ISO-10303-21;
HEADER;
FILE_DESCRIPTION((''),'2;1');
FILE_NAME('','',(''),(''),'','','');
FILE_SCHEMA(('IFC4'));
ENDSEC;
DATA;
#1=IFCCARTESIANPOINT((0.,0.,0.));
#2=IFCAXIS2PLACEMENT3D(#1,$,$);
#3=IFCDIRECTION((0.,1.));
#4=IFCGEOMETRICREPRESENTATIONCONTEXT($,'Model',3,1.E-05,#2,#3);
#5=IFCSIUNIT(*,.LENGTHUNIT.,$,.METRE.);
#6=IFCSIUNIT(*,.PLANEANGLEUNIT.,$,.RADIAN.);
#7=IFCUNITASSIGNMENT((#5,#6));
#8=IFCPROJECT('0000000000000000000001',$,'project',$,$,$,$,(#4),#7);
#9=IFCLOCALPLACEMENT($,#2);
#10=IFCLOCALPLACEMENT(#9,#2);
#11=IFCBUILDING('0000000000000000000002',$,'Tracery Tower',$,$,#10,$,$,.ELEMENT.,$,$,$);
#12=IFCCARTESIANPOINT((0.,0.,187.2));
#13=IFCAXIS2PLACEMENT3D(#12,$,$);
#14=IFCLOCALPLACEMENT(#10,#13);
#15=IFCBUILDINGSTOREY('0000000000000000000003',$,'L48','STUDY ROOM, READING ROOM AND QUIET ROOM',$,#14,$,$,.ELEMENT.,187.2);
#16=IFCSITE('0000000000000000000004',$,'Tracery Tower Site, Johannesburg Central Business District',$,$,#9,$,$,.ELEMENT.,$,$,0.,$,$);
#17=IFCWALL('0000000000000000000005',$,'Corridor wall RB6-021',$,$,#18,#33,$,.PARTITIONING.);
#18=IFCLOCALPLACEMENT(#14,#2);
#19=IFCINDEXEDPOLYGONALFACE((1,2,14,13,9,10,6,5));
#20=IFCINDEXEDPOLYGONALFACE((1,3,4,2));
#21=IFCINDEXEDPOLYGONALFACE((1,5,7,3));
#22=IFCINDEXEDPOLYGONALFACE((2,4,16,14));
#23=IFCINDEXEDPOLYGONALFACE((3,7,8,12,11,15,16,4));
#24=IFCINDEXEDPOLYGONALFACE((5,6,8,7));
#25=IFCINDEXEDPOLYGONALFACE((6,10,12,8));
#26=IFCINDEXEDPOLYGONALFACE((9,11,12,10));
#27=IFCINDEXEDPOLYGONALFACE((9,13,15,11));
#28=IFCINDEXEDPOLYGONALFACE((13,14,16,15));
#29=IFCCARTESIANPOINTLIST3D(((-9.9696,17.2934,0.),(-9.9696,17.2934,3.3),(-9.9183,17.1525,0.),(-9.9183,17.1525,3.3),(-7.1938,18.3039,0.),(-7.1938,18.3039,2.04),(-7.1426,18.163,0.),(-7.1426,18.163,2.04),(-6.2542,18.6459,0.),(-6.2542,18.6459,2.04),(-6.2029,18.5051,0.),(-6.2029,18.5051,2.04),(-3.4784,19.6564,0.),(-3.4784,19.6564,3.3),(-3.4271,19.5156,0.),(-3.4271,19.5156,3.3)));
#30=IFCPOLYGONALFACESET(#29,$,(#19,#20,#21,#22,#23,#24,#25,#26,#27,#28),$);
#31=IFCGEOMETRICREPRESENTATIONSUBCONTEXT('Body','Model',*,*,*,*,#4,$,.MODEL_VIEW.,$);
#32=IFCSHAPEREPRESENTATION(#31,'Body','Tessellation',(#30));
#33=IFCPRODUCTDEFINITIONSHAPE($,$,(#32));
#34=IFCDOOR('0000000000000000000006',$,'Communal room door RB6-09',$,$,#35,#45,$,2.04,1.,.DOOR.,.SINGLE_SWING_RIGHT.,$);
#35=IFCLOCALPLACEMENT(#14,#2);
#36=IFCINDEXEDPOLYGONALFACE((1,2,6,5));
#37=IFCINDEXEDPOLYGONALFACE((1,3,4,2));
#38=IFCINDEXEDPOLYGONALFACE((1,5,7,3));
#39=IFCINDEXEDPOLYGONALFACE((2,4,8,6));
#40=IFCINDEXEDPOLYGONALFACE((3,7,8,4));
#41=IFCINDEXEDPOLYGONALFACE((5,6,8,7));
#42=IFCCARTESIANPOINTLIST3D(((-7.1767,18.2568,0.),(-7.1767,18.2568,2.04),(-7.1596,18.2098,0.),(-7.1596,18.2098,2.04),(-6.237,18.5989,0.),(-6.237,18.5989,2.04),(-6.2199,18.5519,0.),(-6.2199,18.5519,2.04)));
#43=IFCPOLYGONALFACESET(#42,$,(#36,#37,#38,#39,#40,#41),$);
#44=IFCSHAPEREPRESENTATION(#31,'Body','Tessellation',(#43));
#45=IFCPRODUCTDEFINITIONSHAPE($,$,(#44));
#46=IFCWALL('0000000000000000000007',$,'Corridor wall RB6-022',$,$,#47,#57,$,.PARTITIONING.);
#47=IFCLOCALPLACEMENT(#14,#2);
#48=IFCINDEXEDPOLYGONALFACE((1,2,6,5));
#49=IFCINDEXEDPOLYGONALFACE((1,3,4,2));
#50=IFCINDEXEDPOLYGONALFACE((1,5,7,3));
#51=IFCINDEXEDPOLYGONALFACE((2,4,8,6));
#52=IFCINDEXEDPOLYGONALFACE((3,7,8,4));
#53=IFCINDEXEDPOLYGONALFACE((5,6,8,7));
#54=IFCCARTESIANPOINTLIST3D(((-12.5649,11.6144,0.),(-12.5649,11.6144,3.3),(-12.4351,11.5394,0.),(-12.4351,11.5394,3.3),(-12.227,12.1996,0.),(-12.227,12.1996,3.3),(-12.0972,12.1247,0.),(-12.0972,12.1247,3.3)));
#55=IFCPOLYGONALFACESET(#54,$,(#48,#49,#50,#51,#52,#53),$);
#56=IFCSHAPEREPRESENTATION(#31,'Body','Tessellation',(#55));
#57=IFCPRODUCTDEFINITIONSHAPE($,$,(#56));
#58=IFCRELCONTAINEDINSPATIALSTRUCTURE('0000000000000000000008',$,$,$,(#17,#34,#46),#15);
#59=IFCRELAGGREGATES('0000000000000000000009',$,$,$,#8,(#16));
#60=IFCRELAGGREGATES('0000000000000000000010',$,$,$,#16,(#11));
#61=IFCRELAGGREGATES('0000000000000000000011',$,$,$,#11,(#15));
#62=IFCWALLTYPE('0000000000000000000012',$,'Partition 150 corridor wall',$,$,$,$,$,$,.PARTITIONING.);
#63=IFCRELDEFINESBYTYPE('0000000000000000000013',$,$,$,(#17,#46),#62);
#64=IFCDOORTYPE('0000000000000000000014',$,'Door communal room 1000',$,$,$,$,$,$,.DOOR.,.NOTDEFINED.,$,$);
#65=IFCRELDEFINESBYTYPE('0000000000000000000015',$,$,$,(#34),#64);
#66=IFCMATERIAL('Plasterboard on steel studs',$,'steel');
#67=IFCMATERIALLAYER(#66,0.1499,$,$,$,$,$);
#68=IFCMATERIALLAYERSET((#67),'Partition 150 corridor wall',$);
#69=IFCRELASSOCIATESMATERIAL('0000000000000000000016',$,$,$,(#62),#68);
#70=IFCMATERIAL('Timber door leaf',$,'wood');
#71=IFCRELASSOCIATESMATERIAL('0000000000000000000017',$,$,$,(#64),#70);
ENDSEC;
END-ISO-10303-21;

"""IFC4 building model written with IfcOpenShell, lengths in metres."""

from ifc_helpers import new_model, si_unit, direction, frame, frame_2d, origin, place, context, subcontext, project, spatial, rectangle, extrude, material, layer, layer_set, type_object, element, fill, save


model = new_model("IFC4")

# Units and contexts
model_context = context("Model", 3, precision=1e-05, world=origin(), true_north=direction((0.0, 1.0)))
body_context = subcontext(model_context, "Body", "Model", "MODEL_VIEW")
ifc_project = project(units=[si_unit("LENGTHUNIT", "METRE"), si_unit("PLANEANGLEUNIT", "RADIAN")], contexts=[model_context])

# Site, building, storey
site_placement = place(None, origin())
site = spatial("IfcSite", under=ifc_project, at=site_placement, Name="Tracery Tower Site, Johannesburg Central Business District", CompositionType="ELEMENT", RefElevation=0.0)
building_placement = place(site_placement, origin())
building = spatial("IfcBuilding", under=site, at=building_placement, Name="Tracery Tower", CompositionType="ELEMENT")
storey_placement = place(building_placement, frame((0.0, 0.0, 187.2)))
storey = spatial("IfcBuildingStorey", under=building, at=storey_placement, Name="L48", Description="STUDY ROOM, READING ROOM AND QUIET ROOM", CompositionType="ELEMENT", Elevation=187.2)

# Shared definitions
ifc_material_1 = material(Name="Plasterboard on steel studs", Category="steel")
ifc_layer_1 = layer(ifc_material_1, 0.1499)
ifc_layer_set_1 = layer_set([ifc_layer_1], Name="Partition 150 corridor wall")
wall_type_1 = type_object("IfcWallType", Name="Partition 150 corridor wall", PredefinedType="PARTITIONING", material=ifc_layer_set_1)

# Shared definitions
ifc_material_2 = material(Name="Timber door leaf", Category="wood")
door_type = type_object("IfcDoorType", Name="Door communal room 1000", OperationType="NOTDEFINED", PredefinedType="DOOR", material=ifc_material_2)

# Wall, opening, door
wall_1_placement = place(storey_placement, frame((-9.9441, 17.2229, 0.0), z_axis=(0.0, 0.0, 1.0), x_axis=(0.939673, 0.342075, 0.0)))
wall_1 = element("IfcWall", 1, at=wall_1_placement, inside=storey, type_object=wall_type_1, Name="Corridor wall RB6-021", PredefinedType="PARTITIONING", context=body_context, shape_type="SweptSolid", body=[
    extrude(rectangle(XDim=6.908, YDim=0.1499, at=frame_2d((3.4541, 0.0))), origin(), (0.0, 0.0, 1.0), 3.3),
])
opening_1_placement = place(wall_1_placement, frame((2.9541, 0.0, 0.0)))
opening_1 = element("IfcOpeningElement", 2, at=opening_1_placement, cuts=wall_1, PredefinedType="OPENING", context=body_context, shape_type="SweptSolid", body=[
    extrude(rectangle(XDim=1.0, YDim=2.04, at=frame_2d((0.5, 1.02))), frame((0.0, 0.075, 0.0), z_axis=(0.0, -1.0, 0.0), x_axis=(1.0, 0.0, 0.0)), (0.0, 0.0, 1.0), 0.1499),
])
door_1_placement = place(opening_1_placement, origin())
door_1 = element("IfcDoor", 3, at=door_1_placement, inside=storey, type_object=door_type, Name="Communal room door RB6-09", OperationType="SINGLE_SWING_RIGHT", OverallHeight=2.04, OverallWidth=1.0, PredefinedType="DOOR", context=body_context, shape_type="SweptSolid", body=[
    extrude(rectangle(XDim=1.0, YDim=2.04, at=frame_2d((0.5, 1.02))), frame((0.0, 0.0249, 0.0), z_axis=(0.0, -1.0, 0.0), x_axis=(1.0, 0.0, 0.0)), (0.0, 0.0, 1.0), 0.05),
])
fill(opening_1, door_1)

# Wall
wall_2_placement = place(storey_placement, frame((-12.5, 11.5769, 0.0), z_axis=(0.0, 0.0, 1.0), x_axis=(0.500025, 0.866011, 0.0)))
element("IfcWall", 4, at=wall_2_placement, inside=storey, type_object=wall_type_1, Name="Corridor wall RB6-022", PredefinedType="PARTITIONING", context=body_context, shape_type="SweptSolid", body=[
    extrude(rectangle(XDim=0.6758, YDim=0.1499, at=frame_2d((0.3379, 0.0))), origin(), (0.0, 0.0, 1.0), 3.3),
])

save(model, "model.ifc")
